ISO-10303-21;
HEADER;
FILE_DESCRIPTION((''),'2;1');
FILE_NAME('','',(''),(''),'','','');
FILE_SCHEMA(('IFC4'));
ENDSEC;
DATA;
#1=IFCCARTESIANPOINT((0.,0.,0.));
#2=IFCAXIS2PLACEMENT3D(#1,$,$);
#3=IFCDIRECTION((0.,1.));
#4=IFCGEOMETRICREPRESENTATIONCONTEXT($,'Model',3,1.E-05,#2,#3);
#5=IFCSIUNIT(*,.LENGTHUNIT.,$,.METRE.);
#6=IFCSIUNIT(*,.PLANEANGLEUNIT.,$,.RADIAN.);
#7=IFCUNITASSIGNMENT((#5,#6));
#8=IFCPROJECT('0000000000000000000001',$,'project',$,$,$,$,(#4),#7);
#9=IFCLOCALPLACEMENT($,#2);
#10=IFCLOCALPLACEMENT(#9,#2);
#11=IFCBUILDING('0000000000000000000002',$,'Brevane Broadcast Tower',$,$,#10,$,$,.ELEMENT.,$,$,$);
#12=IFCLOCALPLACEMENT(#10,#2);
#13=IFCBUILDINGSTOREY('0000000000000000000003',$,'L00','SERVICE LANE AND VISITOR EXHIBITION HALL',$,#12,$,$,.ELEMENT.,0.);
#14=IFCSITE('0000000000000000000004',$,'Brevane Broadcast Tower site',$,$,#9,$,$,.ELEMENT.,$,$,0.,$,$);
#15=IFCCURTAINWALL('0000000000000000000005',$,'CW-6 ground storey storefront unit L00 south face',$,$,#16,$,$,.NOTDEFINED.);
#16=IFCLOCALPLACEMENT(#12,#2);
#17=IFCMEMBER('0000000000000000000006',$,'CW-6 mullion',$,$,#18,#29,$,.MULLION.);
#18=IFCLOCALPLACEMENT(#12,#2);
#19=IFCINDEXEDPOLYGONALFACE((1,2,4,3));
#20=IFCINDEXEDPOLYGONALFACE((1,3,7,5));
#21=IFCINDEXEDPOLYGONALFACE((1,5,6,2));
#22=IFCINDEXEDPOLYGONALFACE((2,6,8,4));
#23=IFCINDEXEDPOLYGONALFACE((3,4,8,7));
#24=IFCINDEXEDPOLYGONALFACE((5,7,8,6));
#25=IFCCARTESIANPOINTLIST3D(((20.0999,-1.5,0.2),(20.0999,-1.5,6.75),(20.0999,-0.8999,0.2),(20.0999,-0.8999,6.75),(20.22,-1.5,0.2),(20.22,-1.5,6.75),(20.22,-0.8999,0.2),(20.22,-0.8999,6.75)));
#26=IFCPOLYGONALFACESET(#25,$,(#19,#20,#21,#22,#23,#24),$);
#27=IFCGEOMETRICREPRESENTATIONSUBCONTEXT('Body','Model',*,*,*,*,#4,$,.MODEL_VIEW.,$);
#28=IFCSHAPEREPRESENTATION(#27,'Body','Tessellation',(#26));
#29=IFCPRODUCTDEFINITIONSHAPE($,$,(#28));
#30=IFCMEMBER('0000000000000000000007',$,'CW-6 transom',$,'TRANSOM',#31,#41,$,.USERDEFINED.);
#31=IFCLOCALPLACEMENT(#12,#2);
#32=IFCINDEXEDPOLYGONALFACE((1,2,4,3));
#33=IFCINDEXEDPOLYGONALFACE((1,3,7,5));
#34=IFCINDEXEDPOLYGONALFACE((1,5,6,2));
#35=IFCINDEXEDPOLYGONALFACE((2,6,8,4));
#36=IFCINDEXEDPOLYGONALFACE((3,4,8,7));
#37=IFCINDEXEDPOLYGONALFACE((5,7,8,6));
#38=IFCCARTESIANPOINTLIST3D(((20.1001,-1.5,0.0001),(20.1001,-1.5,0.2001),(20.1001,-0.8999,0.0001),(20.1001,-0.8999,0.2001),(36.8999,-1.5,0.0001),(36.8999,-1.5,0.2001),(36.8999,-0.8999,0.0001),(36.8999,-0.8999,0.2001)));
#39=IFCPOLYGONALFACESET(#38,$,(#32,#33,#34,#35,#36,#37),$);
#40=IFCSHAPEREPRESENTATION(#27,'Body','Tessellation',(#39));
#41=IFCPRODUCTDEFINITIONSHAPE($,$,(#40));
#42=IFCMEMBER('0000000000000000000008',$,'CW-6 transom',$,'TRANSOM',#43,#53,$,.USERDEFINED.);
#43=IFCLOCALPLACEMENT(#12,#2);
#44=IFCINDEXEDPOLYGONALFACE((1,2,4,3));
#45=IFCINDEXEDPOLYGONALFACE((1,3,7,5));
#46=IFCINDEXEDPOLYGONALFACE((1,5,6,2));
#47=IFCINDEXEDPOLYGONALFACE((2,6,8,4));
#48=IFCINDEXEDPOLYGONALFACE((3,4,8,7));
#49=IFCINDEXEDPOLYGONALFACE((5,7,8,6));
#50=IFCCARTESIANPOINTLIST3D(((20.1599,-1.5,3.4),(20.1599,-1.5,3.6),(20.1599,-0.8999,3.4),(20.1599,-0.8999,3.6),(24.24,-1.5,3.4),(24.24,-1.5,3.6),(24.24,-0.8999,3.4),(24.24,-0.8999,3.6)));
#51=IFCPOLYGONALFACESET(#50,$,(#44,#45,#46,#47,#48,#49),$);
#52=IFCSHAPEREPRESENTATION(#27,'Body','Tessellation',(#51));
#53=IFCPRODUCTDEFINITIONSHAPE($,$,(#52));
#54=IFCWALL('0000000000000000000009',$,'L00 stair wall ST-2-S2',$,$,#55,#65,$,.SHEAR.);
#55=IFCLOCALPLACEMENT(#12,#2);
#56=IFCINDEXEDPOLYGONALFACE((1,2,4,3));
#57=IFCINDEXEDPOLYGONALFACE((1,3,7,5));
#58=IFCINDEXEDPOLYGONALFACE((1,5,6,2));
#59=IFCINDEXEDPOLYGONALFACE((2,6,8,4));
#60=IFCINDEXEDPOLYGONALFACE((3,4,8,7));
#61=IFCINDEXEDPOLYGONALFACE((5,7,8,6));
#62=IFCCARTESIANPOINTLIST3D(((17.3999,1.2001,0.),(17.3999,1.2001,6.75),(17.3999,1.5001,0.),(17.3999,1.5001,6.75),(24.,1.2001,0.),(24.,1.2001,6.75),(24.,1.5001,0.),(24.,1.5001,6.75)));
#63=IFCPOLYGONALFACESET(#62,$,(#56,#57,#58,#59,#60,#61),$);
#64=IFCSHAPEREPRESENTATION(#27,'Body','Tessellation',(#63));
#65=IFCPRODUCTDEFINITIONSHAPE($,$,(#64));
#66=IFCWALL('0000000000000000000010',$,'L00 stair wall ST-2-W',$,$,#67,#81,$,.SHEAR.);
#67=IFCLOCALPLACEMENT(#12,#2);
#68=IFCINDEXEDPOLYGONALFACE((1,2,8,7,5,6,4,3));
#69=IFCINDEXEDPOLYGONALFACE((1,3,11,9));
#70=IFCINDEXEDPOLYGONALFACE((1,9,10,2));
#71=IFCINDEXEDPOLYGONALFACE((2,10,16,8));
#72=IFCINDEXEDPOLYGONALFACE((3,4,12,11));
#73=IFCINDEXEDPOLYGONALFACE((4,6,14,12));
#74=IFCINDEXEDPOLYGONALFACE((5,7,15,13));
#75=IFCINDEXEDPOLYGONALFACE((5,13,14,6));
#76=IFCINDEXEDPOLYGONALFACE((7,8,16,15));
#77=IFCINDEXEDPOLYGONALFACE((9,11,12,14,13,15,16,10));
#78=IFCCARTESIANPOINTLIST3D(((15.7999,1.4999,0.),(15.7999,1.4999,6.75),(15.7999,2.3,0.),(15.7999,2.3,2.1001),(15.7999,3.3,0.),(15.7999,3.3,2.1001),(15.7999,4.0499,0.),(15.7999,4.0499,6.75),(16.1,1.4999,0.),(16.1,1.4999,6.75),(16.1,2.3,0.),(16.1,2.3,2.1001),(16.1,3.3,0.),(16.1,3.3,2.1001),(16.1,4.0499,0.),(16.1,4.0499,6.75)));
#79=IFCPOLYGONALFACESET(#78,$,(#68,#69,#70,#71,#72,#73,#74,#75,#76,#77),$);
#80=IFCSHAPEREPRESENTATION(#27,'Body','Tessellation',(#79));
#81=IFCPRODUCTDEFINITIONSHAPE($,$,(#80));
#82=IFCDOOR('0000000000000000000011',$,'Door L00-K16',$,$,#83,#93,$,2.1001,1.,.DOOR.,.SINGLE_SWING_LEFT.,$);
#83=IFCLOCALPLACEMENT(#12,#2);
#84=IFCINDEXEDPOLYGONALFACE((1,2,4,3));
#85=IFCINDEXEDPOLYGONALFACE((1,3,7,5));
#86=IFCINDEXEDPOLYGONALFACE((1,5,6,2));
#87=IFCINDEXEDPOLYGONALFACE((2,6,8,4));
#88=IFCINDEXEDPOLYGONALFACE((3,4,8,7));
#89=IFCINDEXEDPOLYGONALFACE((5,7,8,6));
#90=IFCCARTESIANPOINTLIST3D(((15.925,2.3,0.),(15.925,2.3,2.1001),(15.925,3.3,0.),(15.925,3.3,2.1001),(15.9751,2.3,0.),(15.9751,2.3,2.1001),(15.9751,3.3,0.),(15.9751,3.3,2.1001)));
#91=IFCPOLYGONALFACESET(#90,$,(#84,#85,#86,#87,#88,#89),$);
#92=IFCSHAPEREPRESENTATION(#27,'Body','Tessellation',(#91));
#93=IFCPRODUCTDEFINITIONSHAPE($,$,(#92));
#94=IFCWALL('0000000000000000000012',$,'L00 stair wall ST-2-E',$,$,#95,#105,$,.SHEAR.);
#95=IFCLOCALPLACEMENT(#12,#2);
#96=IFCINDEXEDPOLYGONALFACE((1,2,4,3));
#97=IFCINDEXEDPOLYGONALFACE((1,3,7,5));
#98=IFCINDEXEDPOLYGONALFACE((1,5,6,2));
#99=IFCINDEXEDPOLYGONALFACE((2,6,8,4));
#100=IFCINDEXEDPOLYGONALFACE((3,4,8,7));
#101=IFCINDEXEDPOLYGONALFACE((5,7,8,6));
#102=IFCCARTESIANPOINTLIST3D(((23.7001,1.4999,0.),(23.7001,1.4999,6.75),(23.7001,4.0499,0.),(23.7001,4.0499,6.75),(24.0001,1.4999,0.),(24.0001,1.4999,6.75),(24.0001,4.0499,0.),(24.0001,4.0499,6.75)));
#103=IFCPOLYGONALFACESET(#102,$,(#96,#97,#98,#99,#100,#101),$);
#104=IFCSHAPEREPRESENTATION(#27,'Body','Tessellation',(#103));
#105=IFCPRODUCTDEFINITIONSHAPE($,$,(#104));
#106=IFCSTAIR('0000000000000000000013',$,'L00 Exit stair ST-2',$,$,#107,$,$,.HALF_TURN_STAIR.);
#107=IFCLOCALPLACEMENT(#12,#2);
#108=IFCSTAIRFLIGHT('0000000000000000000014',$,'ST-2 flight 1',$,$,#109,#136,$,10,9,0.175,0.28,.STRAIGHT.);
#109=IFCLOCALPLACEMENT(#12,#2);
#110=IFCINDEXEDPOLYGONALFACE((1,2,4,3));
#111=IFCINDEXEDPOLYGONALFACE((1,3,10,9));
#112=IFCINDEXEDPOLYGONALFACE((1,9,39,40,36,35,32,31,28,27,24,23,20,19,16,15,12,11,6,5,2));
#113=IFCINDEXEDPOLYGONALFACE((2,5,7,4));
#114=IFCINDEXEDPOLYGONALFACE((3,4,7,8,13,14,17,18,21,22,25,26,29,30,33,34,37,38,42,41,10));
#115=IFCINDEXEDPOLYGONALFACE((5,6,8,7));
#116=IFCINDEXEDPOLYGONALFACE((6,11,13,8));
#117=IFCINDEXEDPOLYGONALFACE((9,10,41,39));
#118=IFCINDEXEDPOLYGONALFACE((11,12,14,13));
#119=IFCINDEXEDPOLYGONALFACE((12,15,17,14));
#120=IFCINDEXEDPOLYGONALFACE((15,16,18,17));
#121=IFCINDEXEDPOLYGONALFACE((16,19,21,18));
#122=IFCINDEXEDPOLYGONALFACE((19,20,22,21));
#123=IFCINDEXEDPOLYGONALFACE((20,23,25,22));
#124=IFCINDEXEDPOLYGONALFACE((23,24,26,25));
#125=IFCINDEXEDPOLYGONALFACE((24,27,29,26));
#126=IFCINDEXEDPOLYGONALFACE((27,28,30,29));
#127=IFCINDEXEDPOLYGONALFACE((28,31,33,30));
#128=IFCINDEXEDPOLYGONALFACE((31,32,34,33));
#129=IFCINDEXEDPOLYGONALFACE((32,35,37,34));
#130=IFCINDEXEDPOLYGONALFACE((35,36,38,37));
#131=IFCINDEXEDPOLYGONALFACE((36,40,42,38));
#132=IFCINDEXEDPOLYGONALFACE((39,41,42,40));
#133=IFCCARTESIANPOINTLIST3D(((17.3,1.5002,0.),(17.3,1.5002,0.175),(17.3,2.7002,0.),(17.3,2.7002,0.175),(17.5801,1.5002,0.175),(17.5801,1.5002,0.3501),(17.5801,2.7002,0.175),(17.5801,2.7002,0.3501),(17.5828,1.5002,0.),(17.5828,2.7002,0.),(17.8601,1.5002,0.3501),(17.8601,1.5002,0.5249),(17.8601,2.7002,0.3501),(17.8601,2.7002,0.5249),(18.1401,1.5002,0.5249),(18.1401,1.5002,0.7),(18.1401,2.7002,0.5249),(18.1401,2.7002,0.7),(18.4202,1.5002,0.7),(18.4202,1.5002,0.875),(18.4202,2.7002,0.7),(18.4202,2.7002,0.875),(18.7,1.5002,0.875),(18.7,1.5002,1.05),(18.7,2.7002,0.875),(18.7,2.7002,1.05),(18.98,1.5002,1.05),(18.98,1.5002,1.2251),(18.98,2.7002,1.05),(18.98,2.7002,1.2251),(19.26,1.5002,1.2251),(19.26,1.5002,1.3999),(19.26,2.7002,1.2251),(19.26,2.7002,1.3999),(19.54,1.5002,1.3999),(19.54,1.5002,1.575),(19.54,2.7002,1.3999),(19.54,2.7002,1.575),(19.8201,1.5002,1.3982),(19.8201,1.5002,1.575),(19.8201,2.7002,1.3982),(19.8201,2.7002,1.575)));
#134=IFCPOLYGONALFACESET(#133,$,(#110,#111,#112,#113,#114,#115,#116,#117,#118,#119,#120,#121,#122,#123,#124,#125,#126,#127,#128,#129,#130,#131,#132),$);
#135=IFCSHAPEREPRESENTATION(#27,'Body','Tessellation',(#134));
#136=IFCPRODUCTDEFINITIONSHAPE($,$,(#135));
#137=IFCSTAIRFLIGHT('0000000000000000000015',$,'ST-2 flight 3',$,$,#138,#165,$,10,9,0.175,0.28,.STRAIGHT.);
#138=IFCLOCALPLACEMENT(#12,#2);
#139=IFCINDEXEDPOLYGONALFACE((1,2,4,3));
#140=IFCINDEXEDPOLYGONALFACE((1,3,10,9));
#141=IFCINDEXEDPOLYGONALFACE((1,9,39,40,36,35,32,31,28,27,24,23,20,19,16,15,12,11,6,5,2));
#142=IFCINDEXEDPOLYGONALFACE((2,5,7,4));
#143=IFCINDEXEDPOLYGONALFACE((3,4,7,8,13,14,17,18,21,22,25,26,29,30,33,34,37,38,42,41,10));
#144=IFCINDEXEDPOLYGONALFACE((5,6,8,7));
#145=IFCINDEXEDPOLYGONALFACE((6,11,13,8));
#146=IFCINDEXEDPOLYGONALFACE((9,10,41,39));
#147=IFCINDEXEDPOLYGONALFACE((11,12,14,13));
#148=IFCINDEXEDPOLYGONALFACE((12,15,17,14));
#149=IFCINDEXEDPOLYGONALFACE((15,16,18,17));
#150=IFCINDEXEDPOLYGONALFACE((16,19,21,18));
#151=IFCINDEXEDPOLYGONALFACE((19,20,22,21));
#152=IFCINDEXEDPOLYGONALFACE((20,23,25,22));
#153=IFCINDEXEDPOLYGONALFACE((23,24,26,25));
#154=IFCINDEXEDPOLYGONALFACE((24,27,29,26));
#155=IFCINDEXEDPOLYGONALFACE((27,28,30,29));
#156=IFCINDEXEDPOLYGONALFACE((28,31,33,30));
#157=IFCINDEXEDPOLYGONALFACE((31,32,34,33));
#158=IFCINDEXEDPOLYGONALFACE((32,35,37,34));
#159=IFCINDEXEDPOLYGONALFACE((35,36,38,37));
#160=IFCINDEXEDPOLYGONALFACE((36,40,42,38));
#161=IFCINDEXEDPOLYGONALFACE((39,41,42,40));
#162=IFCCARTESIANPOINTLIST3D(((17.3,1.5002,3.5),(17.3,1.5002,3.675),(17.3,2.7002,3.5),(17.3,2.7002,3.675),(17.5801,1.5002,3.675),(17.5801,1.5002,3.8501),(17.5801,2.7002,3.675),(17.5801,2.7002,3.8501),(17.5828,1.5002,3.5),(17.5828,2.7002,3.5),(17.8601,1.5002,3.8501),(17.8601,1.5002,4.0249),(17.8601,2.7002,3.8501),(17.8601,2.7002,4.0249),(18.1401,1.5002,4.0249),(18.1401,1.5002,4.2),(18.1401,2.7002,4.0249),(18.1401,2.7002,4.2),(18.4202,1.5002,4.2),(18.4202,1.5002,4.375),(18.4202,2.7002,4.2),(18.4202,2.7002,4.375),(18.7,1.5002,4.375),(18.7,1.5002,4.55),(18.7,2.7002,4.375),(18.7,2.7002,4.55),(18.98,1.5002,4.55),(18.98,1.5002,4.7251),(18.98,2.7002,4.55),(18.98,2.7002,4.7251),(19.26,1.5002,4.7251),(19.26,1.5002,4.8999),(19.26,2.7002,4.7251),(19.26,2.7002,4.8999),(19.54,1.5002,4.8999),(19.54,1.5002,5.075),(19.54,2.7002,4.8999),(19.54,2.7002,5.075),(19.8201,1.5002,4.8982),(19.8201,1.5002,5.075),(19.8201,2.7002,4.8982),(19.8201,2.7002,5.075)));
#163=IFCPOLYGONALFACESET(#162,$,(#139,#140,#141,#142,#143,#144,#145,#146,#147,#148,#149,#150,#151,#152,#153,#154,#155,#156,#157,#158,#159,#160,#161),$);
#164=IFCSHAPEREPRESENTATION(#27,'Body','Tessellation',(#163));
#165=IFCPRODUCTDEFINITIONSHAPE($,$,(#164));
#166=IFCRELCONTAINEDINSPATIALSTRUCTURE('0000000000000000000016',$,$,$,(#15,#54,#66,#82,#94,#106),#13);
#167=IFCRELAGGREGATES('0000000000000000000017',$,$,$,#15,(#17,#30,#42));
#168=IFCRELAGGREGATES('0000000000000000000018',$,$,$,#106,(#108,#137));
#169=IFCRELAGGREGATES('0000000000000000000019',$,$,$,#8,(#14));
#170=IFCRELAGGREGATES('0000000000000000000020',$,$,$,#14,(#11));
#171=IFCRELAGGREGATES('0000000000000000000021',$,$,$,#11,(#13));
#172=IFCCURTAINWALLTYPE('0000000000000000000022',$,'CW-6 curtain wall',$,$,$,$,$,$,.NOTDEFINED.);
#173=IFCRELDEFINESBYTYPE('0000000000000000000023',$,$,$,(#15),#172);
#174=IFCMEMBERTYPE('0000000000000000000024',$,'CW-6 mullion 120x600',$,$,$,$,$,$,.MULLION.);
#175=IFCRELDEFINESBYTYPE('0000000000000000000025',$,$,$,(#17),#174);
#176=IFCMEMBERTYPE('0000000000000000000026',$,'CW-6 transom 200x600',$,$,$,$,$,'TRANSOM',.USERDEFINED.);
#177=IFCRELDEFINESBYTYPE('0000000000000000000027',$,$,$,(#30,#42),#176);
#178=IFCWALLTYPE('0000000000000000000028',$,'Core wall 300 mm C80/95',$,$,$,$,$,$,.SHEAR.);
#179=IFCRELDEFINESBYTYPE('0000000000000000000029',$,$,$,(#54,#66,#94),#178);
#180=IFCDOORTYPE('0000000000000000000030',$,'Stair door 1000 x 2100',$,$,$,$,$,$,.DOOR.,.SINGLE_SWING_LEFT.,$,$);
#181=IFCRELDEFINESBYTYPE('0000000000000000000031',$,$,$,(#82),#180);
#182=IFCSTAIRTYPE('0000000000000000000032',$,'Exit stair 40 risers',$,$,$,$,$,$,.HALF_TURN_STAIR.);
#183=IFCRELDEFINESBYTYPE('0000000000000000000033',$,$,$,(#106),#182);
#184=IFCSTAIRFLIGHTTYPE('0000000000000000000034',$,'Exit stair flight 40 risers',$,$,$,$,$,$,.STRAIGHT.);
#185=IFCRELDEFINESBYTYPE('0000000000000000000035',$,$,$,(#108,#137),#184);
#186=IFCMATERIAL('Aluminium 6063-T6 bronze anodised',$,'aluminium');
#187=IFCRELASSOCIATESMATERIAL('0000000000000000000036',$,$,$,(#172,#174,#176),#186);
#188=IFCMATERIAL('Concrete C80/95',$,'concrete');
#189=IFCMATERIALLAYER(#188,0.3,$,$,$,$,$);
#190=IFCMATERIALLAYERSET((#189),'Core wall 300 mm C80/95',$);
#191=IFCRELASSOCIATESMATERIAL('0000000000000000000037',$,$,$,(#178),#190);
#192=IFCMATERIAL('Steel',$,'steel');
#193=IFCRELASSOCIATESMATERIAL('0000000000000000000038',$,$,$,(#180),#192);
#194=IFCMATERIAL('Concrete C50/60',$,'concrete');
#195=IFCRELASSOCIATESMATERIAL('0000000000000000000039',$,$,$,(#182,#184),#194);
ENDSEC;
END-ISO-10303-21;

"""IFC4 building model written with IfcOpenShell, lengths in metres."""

from ifc_helpers import new_model, si_unit, direction, frame, frame_2d, origin, origin_2d, place, context, subcontext, project, spatial, polyline, rectangle, outline, extrude, material, layer, layer_set, material_profile, profile_set, type_object, element, fill, aggregate, save


model = new_model("IFC4")

# Units and contexts
model_context = context("Model", 3, precision=1e-05, world=origin(), true_north=direction((0.0, 1.0)))
body_context = subcontext(model_context, "Body", "Model", "MODEL_VIEW")
ifc_project = project(units=[si_unit("LENGTHUNIT", "METRE"), si_unit("PLANEANGLEUNIT", "RADIAN")], contexts=[model_context])

# Site, building, storey
site_placement = place(None, origin())
site = spatial("IfcSite", under=ifc_project, at=site_placement, Name="Brevane Broadcast Tower site", CompositionType="ELEMENT", RefElevation=0.0)
building_placement = place(site_placement, origin())
building = spatial("IfcBuilding", under=site, at=building_placement, Name="Brevane Broadcast Tower", CompositionType="ELEMENT")
storey_placement = place(building_placement, origin())
storey = spatial("IfcBuildingStorey", under=building, at=storey_placement, Name="L00", Description="SERVICE LANE AND VISITOR EXHIBITION HALL", CompositionType="ELEMENT", Elevation=0.0)

# Curtain wall, members
ifc_material_1 = material(Name="Aluminium 6063-T6 bronze anodised", Category="aluminium")
curtain_wall_type = type_object("IfcCurtainWallType", Name="CW-6 curtain wall", PredefinedType="NOTDEFINED", material=ifc_material_1)
curtain_wall_placement = place(storey_placement, origin())
curtain_wall = element("IfcCurtainWall", 1, at=curtain_wall_placement, inside=storey, type_object=curtain_wall_type, Name="CW-6 ground storey storefront unit L00 south face", PredefinedType="NOTDEFINED")
ifc_material_profile_1 = material_profile(ifc_material_1, rectangle(XDim=0.6001, YDim=0.1201, at=origin_2d()), Name="RECT 120x600")
ifc_profile_set_1 = profile_set([ifc_material_profile_1], Name="Aluminium 6063-T6 bronze anodised")
member_type_1 = type_object("IfcMemberType", Name="CW-6 mullion 120x600", PredefinedType="MULLION", material=ifc_profile_set_1)
member_1_placement = place(storey_placement, frame((20.1599, -1.2, 0.2), z_axis=(0.0, 0.0, 1.0), x_axis=(0.0, 1.0, 0.0)))
member_1 = element("IfcMember", 2, at=member_1_placement, type_object=member_type_1, Name="CW-6 mullion", PredefinedType="MULLION", context=body_context, shape_type="SweptSolid", body=[
    extrude(rectangle(XDim=0.6001, YDim=0.1201, at=origin_2d()), origin(), (0.0, 0.0, 1.0), 6.55),
])
ifc_material_profile_2 = material_profile(ifc_material_1, rectangle(XDim=0.6001, YDim=0.2, at=origin_2d()), Name="RECT 200x600")
ifc_profile_set_2 = profile_set([ifc_material_profile_2], Name="Aluminium 6063-T6 bronze anodised")
member_type_2 = type_object("IfcMemberType", Name="CW-6 transom 200x600", ElementType="TRANSOM", PredefinedType="USERDEFINED", material=ifc_profile_set_2)
member_2_placement = place(storey_placement, frame((20.1001, -1.2, 0.1001), z_axis=(1.0, 0.0, 0.0), x_axis=(0.0, 1.0, 0.0)))
member_2 = element("IfcMember", 3, at=member_2_placement, type_object=member_type_2, Name="CW-6 transom", ObjectType="TRANSOM", PredefinedType="USERDEFINED", context=body_context, shape_type="SweptSolid", body=[
    extrude(rectangle(XDim=0.6001, YDim=0.2, at=origin_2d()), origin(), (0.0, 0.0, 1.0), 16.7998),
])
member_3_placement = place(storey_placement, frame((20.1599, -1.2, 3.5), z_axis=(1.0, 0.0, 0.0), x_axis=(0.0, 1.0, 0.0)))
member_3 = element("IfcMember", 4, at=member_3_placement, type_object=member_type_2, Name="CW-6 transom", ObjectType="TRANSOM", PredefinedType="USERDEFINED", context=body_context, shape_type="SweptSolid", body=[
    extrude(rectangle(XDim=0.6001, YDim=0.2, at=origin_2d()), origin(), (0.0, 0.0, 1.0), 4.0801),
])
aggregate(curtain_wall, [member_1, member_2, member_3])

# Wall
ifc_material_2 = material(Name="Concrete C80/95", Category="concrete")
ifc_layer_1 = layer(ifc_material_2, 0.3)
ifc_layer_set_1 = layer_set([ifc_layer_1], Name="Core wall 300 mm C80/95")
wall_type_1 = type_object("IfcWallType", Name="Core wall 300 mm C80/95", PredefinedType="SHEAR", material=ifc_layer_set_1)
wall_1_placement = place(storey_placement, frame((17.3999, 1.3501, 0.0), z_axis=(0.0, 0.0, 1.0), x_axis=(1.0, 0.0, 0.0)))
element("IfcWall", 5, at=wall_1_placement, inside=storey, type_object=wall_type_1, Name="L00 stair wall ST-2-S2", PredefinedType="SHEAR", context=body_context, shape_type="SweptSolid", body=[
    extrude(rectangle(XDim=6.6001, YDim=0.3, at=frame_2d((3.3, 0.0))), origin(), (0.0, 0.0, 1.0), 6.75),
])

# Wall, opening, door
wall_2_placement = place(storey_placement, frame((15.95, 1.5, 0.0), z_axis=(0.0, 0.0, 1.0), x_axis=(0.0, 1.0, 0.0)))
wall_2 = element("IfcWall", 6, at=wall_2_placement, inside=storey, type_object=wall_type_1, Name="L00 stair wall ST-2-W", PredefinedType="SHEAR", context=body_context, shape_type="SweptSolid", body=[
    extrude(rectangle(XDim=2.55, YDim=0.3, at=frame_2d((1.2749, 0.0))), origin(), (0.0, 0.0, 1.0), 6.75),
])
opening_1_placement = place(wall_2_placement, frame((0.8, 0.0, 0.0)))
opening_1 = element("IfcOpeningElement", 7, at=opening_1_placement, cuts=wall_2, PredefinedType="OPENING", context=body_context, shape_type="SweptSolid", body=[
    extrude(rectangle(XDim=1.0, YDim=2.1001, at=frame_2d((0.5, 1.05))), frame((0.0, 0.1599, 0.0), z_axis=(0.0, -1.0, 0.0), x_axis=(1.0, 0.0, 0.0)), (0.0, 0.0, 1.0), 0.3201),
])
ifc_material_3 = material(Name="Steel", Category="steel")
door_type_1 = type_object("IfcDoorType", Name="Stair door 1000 x 2100", OperationType="SINGLE_SWING_LEFT", PredefinedType="DOOR", material=ifc_material_3)
door_1_placement = place(opening_1_placement, origin())
door_1 = element("IfcDoor", 8, at=door_1_placement, inside=storey, type_object=door_type_1, Name="Door L00-K16", OperationType="SINGLE_SWING_LEFT", OverallHeight=2.1001, OverallWidth=1.0, PredefinedType="DOOR", context=body_context, shape_type="SweptSolid", body=[
    extrude(rectangle(XDim=1.0, YDim=2.1001, at=frame_2d((0.5, 1.05))), frame((0.0, 0.0249, 0.0), z_axis=(0.0, -1.0, 0.0), x_axis=(1.0, 0.0, 0.0)), (0.0, 0.0, 1.0), 0.05),
])
fill(opening_1, door_1)

# Wall
wall_3_placement = place(storey_placement, frame((23.8501, 1.5, 0.0), z_axis=(0.0, 0.0, 1.0), x_axis=(0.0, 1.0, 0.0)))
element("IfcWall", 9, at=wall_3_placement, inside=storey, type_object=wall_type_1, Name="L00 stair wall ST-2-E", PredefinedType="SHEAR", context=body_context, shape_type="SweptSolid", body=[
    extrude(rectangle(XDim=2.55, YDim=0.3, at=frame_2d((1.2749, 0.0))), origin(), (0.0, 0.0, 1.0), 6.75),
])

# Stair, stair flights
ifc_material_4 = material(Name="Concrete C50/60", Category="concrete")
stair_type = type_object("IfcStairType", Name="Exit stair 40 risers", PredefinedType="HALF_TURN_STAIR", material=ifc_material_4)
stair_placement = place(storey_placement, origin())
stair = element("IfcStair", 10, at=stair_placement, inside=storey, type_object=stair_type, Name="L00 Exit stair ST-2", PredefinedType="HALF_TURN_STAIR")
stair_flight_type = type_object("IfcStairFlightType", Name="Exit stair flight 40 risers", PredefinedType="STRAIGHT", material=ifc_material_4)
stair_flight_1_placement = place(storey_placement, frame((17.3, 2.1001, 0.0), z_axis=(0.0, 0.0, 1.0), x_axis=(1.0, 0.0, 0.0)))
stair_flight_1 = element("IfcStairFlight", 11, at=stair_flight_1_placement, type_object=stair_flight_type, Name="ST-2 flight 1", NumberOfRisers=10, NumberOfTreads=9, PredefinedType="STRAIGHT", RiserHeight=0.175, TreadLength=0.28, context=body_context, shape_type="SweptSolid", body=[
    extrude(outline(polyline([(0.0, 0.0), (0.0, 0.175), (0.28, 0.175), (0.28, 0.3501), (0.5601, 0.3501), (0.5601, 0.5249), (0.8401, 0.5249), (0.8401, 0.7), (1.1201, 0.7), (1.1201, 0.875), (1.3999, 0.875), (1.3999, 1.05), (1.6799, 1.05), (1.6799, 1.2251), (1.96, 1.2251), (1.96, 1.3999), (2.24, 1.3999), (2.24, 1.575), (2.52, 1.575), (2.52, 1.75), (2.52, 1.3982), (0.2827, 0.0), (0.0, 0.0)])), frame((0.0, 0.6001, 0.0), z_axis=(0.0, -1.0, 0.0), x_axis=(1.0, 0.0, 0.0)), (0.0, 0.0, 1.0), 1.2),
])
stair_flight_2_placement = place(storey_placement, frame((17.3, 2.1001, 3.5), z_axis=(0.0, 0.0, 1.0), x_axis=(1.0, 0.0, 0.0)))
stair_flight_2 = element("IfcStairFlight", 12, at=stair_flight_2_placement, type_object=stair_flight_type, Name="ST-2 flight 3", NumberOfRisers=10, NumberOfTreads=9, PredefinedType="STRAIGHT", RiserHeight=0.175, TreadLength=0.28, context=body_context, shape_type="SweptSolid", body=[
    extrude(outline(polyline([(0.0, 0.0), (0.0, 0.175), (0.28, 0.175), (0.28, 0.3501), (0.5601, 0.3501), (0.5601, 0.5249), (0.8401, 0.5249), (0.8401, 0.7), (1.1201, 0.7), (1.1201, 0.875), (1.3999, 0.875), (1.3999, 1.05), (1.6799, 1.05), (1.6799, 1.2251), (1.96, 1.2251), (1.96, 1.3999), (2.24, 1.3999), (2.24, 1.575), (2.52, 1.575), (2.52, 1.75), (2.52, 1.3982), (0.2827, 0.0), (0.0, 0.0)])), frame((0.0, 0.6001, 0.0), z_axis=(0.0, -1.0, 0.0), x_axis=(1.0, 0.0, 0.0)), (0.0, 0.0, 1.0), 1.2),
])
aggregate(stair, [stair_flight_1, stair_flight_2])

save(model, "model.ifc")
